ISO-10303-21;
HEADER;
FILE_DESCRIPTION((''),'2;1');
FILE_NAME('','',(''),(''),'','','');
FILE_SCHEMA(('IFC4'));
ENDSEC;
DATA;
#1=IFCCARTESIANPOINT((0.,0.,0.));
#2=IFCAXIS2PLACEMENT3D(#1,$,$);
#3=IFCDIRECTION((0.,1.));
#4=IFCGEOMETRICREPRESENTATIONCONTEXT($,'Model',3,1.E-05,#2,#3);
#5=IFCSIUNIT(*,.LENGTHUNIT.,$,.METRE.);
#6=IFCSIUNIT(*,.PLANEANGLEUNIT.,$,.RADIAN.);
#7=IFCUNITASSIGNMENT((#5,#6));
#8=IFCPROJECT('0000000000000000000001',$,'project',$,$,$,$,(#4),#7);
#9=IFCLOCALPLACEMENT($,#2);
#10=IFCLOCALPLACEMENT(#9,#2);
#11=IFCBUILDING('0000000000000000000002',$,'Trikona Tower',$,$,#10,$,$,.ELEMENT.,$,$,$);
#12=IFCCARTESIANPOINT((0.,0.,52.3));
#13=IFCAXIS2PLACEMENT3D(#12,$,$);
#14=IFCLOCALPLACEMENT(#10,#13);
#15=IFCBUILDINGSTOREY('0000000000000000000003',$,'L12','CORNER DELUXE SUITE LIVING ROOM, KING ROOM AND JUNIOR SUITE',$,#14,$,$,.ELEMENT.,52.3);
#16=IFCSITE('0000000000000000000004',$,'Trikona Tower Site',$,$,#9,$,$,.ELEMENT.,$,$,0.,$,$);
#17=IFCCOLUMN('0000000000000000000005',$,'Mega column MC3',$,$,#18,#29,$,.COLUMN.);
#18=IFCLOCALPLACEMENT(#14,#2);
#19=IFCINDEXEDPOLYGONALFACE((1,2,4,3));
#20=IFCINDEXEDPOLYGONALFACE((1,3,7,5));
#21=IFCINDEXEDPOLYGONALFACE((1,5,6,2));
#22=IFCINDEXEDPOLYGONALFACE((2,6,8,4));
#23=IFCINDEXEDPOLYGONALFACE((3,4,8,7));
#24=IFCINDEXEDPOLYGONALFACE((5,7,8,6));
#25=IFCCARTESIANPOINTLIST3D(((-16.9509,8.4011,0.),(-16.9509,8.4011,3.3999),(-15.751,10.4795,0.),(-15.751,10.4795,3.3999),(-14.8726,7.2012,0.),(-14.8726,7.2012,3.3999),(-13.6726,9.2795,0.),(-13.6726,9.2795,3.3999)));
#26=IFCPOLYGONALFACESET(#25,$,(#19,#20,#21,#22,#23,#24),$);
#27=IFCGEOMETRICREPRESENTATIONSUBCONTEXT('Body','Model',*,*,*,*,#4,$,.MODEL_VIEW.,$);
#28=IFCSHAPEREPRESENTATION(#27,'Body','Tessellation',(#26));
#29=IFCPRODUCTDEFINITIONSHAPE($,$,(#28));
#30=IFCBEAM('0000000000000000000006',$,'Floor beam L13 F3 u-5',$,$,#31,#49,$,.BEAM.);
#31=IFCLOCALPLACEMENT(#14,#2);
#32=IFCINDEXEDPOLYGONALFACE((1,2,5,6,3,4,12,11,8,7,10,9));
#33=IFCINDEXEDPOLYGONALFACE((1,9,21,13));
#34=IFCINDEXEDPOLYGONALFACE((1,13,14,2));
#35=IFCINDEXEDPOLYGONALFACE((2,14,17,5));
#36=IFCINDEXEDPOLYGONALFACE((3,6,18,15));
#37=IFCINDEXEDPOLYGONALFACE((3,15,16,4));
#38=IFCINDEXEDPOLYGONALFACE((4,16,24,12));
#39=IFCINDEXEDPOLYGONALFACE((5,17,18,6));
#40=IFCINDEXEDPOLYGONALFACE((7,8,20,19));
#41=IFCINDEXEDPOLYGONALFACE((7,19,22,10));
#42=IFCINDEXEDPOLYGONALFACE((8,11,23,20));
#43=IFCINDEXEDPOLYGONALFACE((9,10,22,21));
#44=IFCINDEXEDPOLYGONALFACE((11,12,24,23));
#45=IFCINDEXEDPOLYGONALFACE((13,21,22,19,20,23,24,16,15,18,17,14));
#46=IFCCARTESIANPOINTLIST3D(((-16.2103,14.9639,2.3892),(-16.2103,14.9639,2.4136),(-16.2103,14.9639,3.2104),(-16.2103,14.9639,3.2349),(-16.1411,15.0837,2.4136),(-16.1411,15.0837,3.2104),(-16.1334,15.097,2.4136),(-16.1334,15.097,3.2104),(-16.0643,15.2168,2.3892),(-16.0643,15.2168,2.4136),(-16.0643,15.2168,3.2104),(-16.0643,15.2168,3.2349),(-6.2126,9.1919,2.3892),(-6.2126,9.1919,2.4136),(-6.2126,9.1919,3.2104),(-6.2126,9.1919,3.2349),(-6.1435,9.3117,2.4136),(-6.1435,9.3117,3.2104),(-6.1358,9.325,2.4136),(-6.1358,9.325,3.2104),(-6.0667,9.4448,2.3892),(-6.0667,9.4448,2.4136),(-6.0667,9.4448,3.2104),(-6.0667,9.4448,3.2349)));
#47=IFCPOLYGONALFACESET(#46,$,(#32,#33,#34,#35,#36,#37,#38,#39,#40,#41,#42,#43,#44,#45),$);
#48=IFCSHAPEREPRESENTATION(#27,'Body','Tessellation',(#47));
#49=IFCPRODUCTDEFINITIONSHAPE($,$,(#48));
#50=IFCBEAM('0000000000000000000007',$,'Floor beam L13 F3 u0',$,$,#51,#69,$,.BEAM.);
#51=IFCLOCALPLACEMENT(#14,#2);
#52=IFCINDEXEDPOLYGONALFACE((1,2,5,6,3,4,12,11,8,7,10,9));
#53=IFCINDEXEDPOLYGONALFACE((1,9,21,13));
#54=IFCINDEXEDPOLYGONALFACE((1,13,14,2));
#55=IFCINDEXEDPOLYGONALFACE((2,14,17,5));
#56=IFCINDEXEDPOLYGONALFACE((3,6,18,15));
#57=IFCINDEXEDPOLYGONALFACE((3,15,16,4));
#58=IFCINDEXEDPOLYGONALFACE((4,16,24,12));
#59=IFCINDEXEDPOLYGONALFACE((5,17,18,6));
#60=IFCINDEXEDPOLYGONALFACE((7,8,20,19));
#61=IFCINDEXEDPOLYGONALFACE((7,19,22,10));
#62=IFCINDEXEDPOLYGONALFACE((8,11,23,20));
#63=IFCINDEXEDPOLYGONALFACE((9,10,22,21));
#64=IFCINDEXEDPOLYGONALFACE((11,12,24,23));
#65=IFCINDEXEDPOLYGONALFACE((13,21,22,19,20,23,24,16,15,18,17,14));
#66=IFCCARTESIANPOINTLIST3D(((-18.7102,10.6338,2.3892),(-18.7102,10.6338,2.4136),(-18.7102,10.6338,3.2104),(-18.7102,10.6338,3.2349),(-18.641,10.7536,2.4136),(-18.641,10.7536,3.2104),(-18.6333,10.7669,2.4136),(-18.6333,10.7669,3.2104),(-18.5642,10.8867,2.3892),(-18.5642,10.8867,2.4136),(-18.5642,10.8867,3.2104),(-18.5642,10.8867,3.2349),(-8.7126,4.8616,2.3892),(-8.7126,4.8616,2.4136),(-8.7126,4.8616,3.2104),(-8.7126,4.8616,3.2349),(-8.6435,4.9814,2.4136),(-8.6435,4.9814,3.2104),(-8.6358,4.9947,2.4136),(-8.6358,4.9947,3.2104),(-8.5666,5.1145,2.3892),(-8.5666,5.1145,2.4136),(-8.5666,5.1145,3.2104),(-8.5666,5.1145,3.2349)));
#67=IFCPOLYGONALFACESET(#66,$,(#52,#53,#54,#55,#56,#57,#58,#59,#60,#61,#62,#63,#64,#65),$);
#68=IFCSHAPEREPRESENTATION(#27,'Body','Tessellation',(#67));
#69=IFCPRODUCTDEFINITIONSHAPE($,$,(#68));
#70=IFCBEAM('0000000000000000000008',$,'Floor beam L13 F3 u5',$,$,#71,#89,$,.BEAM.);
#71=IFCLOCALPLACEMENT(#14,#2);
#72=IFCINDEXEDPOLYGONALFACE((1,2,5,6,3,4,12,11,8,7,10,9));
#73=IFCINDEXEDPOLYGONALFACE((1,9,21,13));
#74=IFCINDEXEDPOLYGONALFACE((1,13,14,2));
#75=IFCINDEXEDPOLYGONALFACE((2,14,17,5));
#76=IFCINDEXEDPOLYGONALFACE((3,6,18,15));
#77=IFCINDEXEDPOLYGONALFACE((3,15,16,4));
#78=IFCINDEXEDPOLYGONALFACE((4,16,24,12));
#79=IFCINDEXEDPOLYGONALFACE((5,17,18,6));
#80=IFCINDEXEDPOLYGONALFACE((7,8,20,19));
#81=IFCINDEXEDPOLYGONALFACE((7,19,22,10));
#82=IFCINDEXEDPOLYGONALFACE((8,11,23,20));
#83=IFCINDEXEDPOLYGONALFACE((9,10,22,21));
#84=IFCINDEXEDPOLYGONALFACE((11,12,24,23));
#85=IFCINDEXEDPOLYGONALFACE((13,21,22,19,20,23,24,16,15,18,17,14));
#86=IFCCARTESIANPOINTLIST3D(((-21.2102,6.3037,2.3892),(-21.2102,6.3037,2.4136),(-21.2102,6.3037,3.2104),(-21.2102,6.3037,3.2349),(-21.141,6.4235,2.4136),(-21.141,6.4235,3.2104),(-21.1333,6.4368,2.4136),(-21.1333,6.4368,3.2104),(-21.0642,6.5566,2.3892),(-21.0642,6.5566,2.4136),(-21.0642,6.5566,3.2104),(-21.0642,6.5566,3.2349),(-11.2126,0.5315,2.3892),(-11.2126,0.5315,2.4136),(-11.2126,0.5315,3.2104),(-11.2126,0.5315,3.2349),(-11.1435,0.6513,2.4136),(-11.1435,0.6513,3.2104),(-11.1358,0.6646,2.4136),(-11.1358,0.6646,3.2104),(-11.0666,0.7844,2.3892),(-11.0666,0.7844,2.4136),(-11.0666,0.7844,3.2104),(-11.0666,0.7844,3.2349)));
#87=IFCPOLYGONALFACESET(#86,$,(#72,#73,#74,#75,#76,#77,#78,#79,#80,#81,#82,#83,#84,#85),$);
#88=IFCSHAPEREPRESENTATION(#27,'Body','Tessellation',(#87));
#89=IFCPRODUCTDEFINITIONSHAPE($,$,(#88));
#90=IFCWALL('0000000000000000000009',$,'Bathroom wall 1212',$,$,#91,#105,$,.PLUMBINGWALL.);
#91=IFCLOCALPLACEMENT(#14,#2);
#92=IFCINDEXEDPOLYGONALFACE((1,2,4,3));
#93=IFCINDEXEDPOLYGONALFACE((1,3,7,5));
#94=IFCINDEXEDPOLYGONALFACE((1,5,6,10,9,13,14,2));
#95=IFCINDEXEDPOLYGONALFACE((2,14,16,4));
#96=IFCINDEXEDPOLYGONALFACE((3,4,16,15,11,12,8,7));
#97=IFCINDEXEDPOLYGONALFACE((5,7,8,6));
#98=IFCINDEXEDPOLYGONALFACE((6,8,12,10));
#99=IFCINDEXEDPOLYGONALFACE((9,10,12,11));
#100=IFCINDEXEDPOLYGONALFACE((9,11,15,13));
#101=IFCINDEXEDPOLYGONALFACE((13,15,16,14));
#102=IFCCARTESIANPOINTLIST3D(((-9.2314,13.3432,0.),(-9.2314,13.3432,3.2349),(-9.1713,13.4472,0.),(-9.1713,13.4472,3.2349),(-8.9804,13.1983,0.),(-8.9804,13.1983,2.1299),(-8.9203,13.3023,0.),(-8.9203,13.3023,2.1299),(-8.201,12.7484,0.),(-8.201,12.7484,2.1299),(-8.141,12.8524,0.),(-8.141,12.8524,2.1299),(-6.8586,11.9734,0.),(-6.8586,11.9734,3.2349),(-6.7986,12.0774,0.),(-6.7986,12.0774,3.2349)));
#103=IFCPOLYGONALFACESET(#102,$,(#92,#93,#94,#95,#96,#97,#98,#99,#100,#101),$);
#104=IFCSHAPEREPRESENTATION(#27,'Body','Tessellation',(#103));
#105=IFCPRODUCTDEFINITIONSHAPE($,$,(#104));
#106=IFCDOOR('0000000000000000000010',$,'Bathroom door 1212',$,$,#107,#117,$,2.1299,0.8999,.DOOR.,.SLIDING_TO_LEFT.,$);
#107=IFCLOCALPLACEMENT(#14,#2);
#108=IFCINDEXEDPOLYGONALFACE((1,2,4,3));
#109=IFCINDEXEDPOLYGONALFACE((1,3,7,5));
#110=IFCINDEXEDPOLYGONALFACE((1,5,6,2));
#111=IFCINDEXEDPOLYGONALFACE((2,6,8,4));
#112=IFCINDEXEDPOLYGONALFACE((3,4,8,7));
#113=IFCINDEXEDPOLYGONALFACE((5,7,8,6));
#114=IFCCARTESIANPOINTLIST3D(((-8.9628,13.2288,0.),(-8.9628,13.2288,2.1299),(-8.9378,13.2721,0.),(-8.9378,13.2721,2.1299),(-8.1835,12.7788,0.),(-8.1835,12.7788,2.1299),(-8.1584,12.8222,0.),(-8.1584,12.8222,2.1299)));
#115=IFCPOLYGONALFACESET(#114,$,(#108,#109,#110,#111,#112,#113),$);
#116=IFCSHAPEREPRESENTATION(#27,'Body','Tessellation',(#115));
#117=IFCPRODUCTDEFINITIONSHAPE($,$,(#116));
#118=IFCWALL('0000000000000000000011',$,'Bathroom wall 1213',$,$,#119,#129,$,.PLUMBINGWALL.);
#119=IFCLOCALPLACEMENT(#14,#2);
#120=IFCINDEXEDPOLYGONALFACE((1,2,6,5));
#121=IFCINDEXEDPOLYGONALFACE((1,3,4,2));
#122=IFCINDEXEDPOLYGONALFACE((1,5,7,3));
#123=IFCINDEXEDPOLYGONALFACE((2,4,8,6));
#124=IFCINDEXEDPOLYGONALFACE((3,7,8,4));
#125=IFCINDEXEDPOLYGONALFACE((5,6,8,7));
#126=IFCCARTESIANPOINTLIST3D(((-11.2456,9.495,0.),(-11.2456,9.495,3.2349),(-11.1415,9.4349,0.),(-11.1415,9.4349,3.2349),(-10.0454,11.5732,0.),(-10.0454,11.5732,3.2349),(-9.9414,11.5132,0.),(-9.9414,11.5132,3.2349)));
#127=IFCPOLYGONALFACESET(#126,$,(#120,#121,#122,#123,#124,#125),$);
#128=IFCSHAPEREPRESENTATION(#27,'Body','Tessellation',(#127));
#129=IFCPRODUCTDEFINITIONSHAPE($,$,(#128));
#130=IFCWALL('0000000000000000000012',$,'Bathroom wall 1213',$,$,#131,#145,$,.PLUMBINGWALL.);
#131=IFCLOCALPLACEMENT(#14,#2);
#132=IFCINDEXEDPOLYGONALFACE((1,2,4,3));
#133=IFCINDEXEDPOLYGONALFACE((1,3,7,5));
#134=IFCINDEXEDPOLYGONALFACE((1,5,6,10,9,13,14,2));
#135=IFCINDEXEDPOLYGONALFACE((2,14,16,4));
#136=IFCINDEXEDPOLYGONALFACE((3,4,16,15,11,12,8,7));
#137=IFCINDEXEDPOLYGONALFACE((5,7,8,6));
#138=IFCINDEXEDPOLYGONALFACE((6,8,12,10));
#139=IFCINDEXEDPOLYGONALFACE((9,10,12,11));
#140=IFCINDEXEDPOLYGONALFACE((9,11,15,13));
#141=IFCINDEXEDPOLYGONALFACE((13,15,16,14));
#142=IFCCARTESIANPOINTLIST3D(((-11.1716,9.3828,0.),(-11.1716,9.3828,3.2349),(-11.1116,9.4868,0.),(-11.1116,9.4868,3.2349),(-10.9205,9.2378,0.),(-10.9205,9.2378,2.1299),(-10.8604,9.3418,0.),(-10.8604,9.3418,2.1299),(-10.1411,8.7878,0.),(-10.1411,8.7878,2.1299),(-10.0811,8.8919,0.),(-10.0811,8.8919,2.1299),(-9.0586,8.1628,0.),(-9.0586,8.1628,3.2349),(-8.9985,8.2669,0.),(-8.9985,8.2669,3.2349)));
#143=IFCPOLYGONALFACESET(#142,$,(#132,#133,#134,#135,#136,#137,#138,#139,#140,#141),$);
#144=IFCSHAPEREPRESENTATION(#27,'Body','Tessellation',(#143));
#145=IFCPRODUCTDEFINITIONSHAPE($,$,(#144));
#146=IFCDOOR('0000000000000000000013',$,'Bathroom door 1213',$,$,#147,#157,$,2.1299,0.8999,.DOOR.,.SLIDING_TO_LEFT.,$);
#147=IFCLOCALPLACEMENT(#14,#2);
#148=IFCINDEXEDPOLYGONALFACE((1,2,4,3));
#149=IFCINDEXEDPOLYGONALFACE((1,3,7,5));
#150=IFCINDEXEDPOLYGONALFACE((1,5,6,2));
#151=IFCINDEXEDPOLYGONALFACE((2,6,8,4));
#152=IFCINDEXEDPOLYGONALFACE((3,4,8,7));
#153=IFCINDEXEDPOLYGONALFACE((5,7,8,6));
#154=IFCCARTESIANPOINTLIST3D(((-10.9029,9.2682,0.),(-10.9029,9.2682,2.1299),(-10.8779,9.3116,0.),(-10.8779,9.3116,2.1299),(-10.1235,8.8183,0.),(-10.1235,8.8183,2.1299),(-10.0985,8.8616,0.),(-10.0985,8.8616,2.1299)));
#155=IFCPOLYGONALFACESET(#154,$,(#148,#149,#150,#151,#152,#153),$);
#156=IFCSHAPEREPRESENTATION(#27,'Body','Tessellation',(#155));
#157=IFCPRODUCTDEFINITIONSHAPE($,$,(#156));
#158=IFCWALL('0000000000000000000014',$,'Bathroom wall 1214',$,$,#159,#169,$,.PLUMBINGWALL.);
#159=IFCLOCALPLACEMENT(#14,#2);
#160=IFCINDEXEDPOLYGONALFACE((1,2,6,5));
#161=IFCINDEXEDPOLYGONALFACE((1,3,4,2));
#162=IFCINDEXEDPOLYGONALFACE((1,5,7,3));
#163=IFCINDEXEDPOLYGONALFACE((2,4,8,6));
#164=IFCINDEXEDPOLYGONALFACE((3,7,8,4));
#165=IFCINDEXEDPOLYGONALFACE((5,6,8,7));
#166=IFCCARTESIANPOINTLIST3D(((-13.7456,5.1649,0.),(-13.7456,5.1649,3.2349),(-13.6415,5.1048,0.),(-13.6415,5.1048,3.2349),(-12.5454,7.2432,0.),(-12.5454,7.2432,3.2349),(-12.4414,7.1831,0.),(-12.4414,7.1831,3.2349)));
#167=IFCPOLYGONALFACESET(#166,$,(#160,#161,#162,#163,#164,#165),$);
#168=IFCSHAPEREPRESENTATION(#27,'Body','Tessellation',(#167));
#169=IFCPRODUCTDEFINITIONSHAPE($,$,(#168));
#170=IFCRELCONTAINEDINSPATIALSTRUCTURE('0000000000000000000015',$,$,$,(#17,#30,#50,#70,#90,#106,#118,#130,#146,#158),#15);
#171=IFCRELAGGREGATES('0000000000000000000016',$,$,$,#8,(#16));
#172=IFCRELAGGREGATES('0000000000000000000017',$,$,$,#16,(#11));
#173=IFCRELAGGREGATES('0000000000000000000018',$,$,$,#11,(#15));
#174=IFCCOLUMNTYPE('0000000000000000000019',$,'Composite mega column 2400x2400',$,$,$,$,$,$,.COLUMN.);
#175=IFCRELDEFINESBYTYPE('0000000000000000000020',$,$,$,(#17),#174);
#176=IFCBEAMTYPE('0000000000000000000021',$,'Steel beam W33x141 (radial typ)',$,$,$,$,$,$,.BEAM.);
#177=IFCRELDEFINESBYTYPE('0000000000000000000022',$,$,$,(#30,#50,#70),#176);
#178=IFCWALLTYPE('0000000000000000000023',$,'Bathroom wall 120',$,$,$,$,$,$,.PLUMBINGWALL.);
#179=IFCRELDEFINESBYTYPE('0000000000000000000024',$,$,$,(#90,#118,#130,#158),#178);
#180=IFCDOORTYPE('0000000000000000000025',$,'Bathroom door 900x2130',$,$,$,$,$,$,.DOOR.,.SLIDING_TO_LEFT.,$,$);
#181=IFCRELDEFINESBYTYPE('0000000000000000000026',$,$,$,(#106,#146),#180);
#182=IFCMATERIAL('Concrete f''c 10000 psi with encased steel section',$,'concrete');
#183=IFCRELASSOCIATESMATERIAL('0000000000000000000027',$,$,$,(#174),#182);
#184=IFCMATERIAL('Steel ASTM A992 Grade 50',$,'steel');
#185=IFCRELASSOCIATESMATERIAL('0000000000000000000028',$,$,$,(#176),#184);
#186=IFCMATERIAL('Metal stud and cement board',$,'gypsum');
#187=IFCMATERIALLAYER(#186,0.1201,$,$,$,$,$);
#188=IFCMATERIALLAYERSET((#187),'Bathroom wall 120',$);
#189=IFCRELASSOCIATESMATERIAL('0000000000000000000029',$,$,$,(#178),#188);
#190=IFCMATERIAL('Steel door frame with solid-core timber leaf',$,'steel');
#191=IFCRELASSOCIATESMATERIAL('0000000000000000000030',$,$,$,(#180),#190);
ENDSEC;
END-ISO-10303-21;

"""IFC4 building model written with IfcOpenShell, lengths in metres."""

from ifc_helpers import new_model, si_unit, direction, frame, frame_2d, origin, origin_2d, place, context, subcontext, project, spatial, rectangle, i_section, extrude, material, layer, layer_set, material_profile, profile_set, type_object, element, fill, save


model = new_model("IFC4")

# Units and contexts
model_context = context("Model", 3, precision=1e-05, world=origin(), true_north=direction((0.0, 1.0)))
body_context = subcontext(model_context, "Body", "Model", "MODEL_VIEW")
ifc_project = project(units=[si_unit("LENGTHUNIT", "METRE"), si_unit("PLANEANGLEUNIT", "RADIAN")], contexts=[model_context])

# Site, building, storey
site_placement = place(None, origin())
site = spatial("IfcSite", under=ifc_project, at=site_placement, Name="Trikona Tower Site", CompositionType="ELEMENT", RefElevation=0.0)
building_placement = place(site_placement, origin())
building = spatial("IfcBuilding", under=site, at=building_placement, Name="Trikona Tower", CompositionType="ELEMENT")
storey_placement = place(building_placement, frame((0.0, 0.0, 52.3)))
storey = spatial("IfcBuildingStorey", under=building, at=storey_placement, Name="L12", Description="CORNER DELUXE SUITE LIVING ROOM, KING ROOM AND JUNIOR SUITE", CompositionType="ELEMENT", Elevation=52.3)

# Column
ifc_material_1 = material(Name="Concrete f'c 10000 psi with encased steel section", Category="concrete")
ifc_material_profile_1 = material_profile(ifc_material_1, rectangle(XDim=2.3999, YDim=2.3999, at=origin_2d()), Name="MC2400")
ifc_profile_set_1 = profile_set([ifc_material_profile_1], Name="Concrete f'c 10000 psi with encased steel section")
column_type = type_object("IfcColumnType", Name="Composite mega column 2400x2400", PredefinedType="COLUMN", material=ifc_profile_set_1)
column_placement = place(storey_placement, frame((-15.3118, 8.8403, 0.0), z_axis=(0.0, 0.0, 1.0), x_axis=(-0.866025, 0.5, 0.0)))
element("IfcColumn", 1, at=column_placement, inside=storey, type_object=column_type, Name="Mega column MC3", PredefinedType="COLUMN", context=body_context, shape_type="SweptSolid", body=[
    extrude(rectangle(XDim=2.3999, YDim=2.3999, at=origin_2d()), origin(), (0.0, 0.0, 1.0), 3.3999),
])

# Beams
ifc_material_2 = material(Name="Steel ASTM A992 Grade 50", Category="steel")
ifc_material_profile_2 = material_profile(ifc_material_2, i_section(OverallWidth=0.292, OverallDepth=0.8457, WebThickness=0.0154, FlangeThickness=0.0244, at=origin_2d()), Name="W33X141")
ifc_profile_set_2 = profile_set([ifc_material_profile_2], Name="Steel ASTM A992 Grade 50")
beam_type = type_object("IfcBeamType", Name="Steel beam W33x141 (radial typ)", PredefinedType="BEAM", material=ifc_profile_set_2)
for number, where, z_axis, x_axis, name in (
    (2, (-6.1396, 9.3184, 2.812), (-0.86603, 0.499992, 0.0), (-0.499992, -0.86603, 0.0), "Floor beam L13 F3 u-5"),
    (3, (-8.6396, 4.988, 2.812), (-0.866021, 0.500008, 0.0), (-0.500008, -0.866021, 0.0), "Floor beam L13 F3 u0"),
    (4, (-11.1396, 0.658, 2.812), (-0.866021, 0.500008, 0.0), (-0.500008, -0.866021, 0.0), "Floor beam L13 F3 u5"),
):
    element("IfcBeam", number, at=place(storey_placement, frame(where, z_axis=z_axis, x_axis=x_axis)), inside=storey, type_object=beam_type, Name=name, PredefinedType="BEAM", context=body_context, shape_type="SweptSolid", body=[
        extrude(i_section(OverallWidth=0.292, OverallDepth=0.8457, WebThickness=0.0154, FlangeThickness=0.0244, at=origin_2d()), origin(), (0.0, 0.0, 1.0), 11.5442),
    ])

# Wall, opening, door
ifc_material_3 = material(Name="Metal stud and cement board", Category="gypsum")
ifc_layer_1 = layer(ifc_material_3, 0.1201)
ifc_layer_set_1 = layer_set([ifc_layer_1], Name="Bathroom wall 120")
wall_type_1 = type_object("IfcWallType", Name="Bathroom wall 120", PredefinedType="PLUMBINGWALL", material=ifc_layer_set_1)
wall_1_placement = place(storey_placement, frame((-6.8286, 12.0254, 0.0), z_axis=(0.0, 0.0, 1.0), x_axis=(-0.866036, 0.499982, 0.0)))
wall_1 = element("IfcWall", 5, at=wall_1_placement, inside=storey, type_object=wall_type_1, Name="Bathroom wall 1212", PredefinedType="PLUMBINGWALL", context=body_context, shape_type="SweptSolid", body=[
    extrude(rectangle(XDim=2.7397, YDim=0.1201, at=frame_2d((1.3699, 0.0))), origin(), (0.0, 0.0, 1.0), 3.2349),
])
opening_1_placement = place(wall_1_placement, frame((1.55, 0.0, 0.0)))
opening_1 = element("IfcOpeningElement", 6, at=opening_1_placement, cuts=wall_1, PredefinedType="OPENING", context=body_context, shape_type="SweptSolid", body=[
    extrude(rectangle(XDim=0.8999, YDim=2.1299, at=frame_2d((0.45, 1.0649))), frame((0.0, 0.0701, 0.0), z_axis=(0.0, -1.0, 0.0), x_axis=(1.0, 0.0, 0.0)), (0.0, 0.0, 1.0), 0.1401),
])
ifc_material_4 = material(Name="Steel door frame with solid-core timber leaf", Category="steel")
door_type_1 = type_object("IfcDoorType", Name="Bathroom door 900x2130", OperationType="SLIDING_TO_LEFT", PredefinedType="DOOR", material=ifc_material_4)
door_1_placement = place(opening_1_placement, origin())
door_1 = element("IfcDoor", 7, at=door_1_placement, inside=storey, type_object=door_type_1, Name="Bathroom door 1212", OperationType="SLIDING_TO_LEFT", OverallHeight=2.1299, OverallWidth=0.8999, PredefinedType="DOOR", context=body_context, shape_type="SweptSolid", body=[
    extrude(rectangle(XDim=0.8999, YDim=2.1299, at=frame_2d((0.45, 1.0649))), frame((0.0, 0.0249, 0.0), z_axis=(0.0, -1.0, 0.0), x_axis=(1.0, 0.0, 0.0)), (0.0, 0.0, 1.0), 0.05),
])
fill(opening_1, door_1)

# Wall
wall_2_placement = place(storey_placement, frame((-9.9934, 11.5432, 0.0), z_axis=(0.0, 0.0, 1.0), x_axis=(-0.500078, -0.865981, 0.0)))
element("IfcWall", 8, at=wall_2_placement, inside=storey, type_object=wall_type_1, Name="Bathroom wall 1213", PredefinedType="PLUMBINGWALL", context=body_context, shape_type="SweptSolid", body=[
    extrude(rectangle(XDim=2.3999, YDim=0.1201, at=frame_2d((1.2, 0.0))), origin(), (0.0, 0.0, 1.0), 3.2349),
])

# Wall, opening, door
wall_3_placement = place(storey_placement, frame((-9.0286, 8.2148, 0.0), z_axis=(0.0, 0.0, 1.0), x_axis=(-0.866024, 0.500003, 0.0)))
wall_3 = element("IfcWall", 9, at=wall_3_placement, inside=storey, type_object=wall_type_1, Name="Bathroom wall 1213", PredefinedType="PLUMBINGWALL", context=body_context, shape_type="SweptSolid", body=[
    extrude(rectangle(XDim=2.4399, YDim=0.1201, at=frame_2d((1.22, 0.0))), origin(), (0.0, 0.0, 1.0), 3.2349),
])
opening_2_placement = place(wall_3_placement, frame((1.25, 0.0, 0.0)))
opening_2 = element("IfcOpeningElement", 10, at=opening_2_placement, cuts=wall_3, PredefinedType="OPENING", context=body_context, shape_type="SweptSolid", body=[
    extrude(rectangle(XDim=0.8999, YDim=2.1299, at=frame_2d((0.45, 1.0649))), frame((0.0, 0.0701, 0.0), z_axis=(0.0, -1.0, 0.0), x_axis=(1.0, 0.0, 0.0)), (0.0, 0.0, 1.0), 0.1401),
])
door_2_placement = place(opening_2_placement, origin())
door_2 = element("IfcDoor", 11, at=door_2_placement, inside=storey, type_object=door_type_1, Name="Bathroom door 1213", OperationType="SLIDING_TO_LEFT", OverallHeight=2.1299, OverallWidth=0.8999, PredefinedType="DOOR", context=body_context, shape_type="SweptSolid", body=[
    extrude(rectangle(XDim=0.8999, YDim=2.1299, at=frame_2d((0.45, 1.0649))), frame((0.0, 0.0249, 0.0), z_axis=(0.0, -1.0, 0.0), x_axis=(1.0, 0.0, 0.0)), (0.0, 0.0, 1.0), 0.05),
])
fill(opening_2, door_2)

# Wall
wall_4_placement = place(storey_placement, frame((-12.4934, 7.2131, 0.0), z_axis=(0.0, 0.0, 1.0), x_axis=(-0.500078, -0.865981, 0.0)))
element("IfcWall", 12, at=wall_4_placement, inside=storey, type_object=wall_type_1, Name="Bathroom wall 1214", PredefinedType="PLUMBINGWALL", context=body_context, shape_type="SweptSolid", body=[
    extrude(rectangle(XDim=2.3999, YDim=0.1201, at=frame_2d((1.2, 0.0))), origin(), (0.0, 0.0, 1.0), 3.2349),
])

save(model, "model.ifc")
